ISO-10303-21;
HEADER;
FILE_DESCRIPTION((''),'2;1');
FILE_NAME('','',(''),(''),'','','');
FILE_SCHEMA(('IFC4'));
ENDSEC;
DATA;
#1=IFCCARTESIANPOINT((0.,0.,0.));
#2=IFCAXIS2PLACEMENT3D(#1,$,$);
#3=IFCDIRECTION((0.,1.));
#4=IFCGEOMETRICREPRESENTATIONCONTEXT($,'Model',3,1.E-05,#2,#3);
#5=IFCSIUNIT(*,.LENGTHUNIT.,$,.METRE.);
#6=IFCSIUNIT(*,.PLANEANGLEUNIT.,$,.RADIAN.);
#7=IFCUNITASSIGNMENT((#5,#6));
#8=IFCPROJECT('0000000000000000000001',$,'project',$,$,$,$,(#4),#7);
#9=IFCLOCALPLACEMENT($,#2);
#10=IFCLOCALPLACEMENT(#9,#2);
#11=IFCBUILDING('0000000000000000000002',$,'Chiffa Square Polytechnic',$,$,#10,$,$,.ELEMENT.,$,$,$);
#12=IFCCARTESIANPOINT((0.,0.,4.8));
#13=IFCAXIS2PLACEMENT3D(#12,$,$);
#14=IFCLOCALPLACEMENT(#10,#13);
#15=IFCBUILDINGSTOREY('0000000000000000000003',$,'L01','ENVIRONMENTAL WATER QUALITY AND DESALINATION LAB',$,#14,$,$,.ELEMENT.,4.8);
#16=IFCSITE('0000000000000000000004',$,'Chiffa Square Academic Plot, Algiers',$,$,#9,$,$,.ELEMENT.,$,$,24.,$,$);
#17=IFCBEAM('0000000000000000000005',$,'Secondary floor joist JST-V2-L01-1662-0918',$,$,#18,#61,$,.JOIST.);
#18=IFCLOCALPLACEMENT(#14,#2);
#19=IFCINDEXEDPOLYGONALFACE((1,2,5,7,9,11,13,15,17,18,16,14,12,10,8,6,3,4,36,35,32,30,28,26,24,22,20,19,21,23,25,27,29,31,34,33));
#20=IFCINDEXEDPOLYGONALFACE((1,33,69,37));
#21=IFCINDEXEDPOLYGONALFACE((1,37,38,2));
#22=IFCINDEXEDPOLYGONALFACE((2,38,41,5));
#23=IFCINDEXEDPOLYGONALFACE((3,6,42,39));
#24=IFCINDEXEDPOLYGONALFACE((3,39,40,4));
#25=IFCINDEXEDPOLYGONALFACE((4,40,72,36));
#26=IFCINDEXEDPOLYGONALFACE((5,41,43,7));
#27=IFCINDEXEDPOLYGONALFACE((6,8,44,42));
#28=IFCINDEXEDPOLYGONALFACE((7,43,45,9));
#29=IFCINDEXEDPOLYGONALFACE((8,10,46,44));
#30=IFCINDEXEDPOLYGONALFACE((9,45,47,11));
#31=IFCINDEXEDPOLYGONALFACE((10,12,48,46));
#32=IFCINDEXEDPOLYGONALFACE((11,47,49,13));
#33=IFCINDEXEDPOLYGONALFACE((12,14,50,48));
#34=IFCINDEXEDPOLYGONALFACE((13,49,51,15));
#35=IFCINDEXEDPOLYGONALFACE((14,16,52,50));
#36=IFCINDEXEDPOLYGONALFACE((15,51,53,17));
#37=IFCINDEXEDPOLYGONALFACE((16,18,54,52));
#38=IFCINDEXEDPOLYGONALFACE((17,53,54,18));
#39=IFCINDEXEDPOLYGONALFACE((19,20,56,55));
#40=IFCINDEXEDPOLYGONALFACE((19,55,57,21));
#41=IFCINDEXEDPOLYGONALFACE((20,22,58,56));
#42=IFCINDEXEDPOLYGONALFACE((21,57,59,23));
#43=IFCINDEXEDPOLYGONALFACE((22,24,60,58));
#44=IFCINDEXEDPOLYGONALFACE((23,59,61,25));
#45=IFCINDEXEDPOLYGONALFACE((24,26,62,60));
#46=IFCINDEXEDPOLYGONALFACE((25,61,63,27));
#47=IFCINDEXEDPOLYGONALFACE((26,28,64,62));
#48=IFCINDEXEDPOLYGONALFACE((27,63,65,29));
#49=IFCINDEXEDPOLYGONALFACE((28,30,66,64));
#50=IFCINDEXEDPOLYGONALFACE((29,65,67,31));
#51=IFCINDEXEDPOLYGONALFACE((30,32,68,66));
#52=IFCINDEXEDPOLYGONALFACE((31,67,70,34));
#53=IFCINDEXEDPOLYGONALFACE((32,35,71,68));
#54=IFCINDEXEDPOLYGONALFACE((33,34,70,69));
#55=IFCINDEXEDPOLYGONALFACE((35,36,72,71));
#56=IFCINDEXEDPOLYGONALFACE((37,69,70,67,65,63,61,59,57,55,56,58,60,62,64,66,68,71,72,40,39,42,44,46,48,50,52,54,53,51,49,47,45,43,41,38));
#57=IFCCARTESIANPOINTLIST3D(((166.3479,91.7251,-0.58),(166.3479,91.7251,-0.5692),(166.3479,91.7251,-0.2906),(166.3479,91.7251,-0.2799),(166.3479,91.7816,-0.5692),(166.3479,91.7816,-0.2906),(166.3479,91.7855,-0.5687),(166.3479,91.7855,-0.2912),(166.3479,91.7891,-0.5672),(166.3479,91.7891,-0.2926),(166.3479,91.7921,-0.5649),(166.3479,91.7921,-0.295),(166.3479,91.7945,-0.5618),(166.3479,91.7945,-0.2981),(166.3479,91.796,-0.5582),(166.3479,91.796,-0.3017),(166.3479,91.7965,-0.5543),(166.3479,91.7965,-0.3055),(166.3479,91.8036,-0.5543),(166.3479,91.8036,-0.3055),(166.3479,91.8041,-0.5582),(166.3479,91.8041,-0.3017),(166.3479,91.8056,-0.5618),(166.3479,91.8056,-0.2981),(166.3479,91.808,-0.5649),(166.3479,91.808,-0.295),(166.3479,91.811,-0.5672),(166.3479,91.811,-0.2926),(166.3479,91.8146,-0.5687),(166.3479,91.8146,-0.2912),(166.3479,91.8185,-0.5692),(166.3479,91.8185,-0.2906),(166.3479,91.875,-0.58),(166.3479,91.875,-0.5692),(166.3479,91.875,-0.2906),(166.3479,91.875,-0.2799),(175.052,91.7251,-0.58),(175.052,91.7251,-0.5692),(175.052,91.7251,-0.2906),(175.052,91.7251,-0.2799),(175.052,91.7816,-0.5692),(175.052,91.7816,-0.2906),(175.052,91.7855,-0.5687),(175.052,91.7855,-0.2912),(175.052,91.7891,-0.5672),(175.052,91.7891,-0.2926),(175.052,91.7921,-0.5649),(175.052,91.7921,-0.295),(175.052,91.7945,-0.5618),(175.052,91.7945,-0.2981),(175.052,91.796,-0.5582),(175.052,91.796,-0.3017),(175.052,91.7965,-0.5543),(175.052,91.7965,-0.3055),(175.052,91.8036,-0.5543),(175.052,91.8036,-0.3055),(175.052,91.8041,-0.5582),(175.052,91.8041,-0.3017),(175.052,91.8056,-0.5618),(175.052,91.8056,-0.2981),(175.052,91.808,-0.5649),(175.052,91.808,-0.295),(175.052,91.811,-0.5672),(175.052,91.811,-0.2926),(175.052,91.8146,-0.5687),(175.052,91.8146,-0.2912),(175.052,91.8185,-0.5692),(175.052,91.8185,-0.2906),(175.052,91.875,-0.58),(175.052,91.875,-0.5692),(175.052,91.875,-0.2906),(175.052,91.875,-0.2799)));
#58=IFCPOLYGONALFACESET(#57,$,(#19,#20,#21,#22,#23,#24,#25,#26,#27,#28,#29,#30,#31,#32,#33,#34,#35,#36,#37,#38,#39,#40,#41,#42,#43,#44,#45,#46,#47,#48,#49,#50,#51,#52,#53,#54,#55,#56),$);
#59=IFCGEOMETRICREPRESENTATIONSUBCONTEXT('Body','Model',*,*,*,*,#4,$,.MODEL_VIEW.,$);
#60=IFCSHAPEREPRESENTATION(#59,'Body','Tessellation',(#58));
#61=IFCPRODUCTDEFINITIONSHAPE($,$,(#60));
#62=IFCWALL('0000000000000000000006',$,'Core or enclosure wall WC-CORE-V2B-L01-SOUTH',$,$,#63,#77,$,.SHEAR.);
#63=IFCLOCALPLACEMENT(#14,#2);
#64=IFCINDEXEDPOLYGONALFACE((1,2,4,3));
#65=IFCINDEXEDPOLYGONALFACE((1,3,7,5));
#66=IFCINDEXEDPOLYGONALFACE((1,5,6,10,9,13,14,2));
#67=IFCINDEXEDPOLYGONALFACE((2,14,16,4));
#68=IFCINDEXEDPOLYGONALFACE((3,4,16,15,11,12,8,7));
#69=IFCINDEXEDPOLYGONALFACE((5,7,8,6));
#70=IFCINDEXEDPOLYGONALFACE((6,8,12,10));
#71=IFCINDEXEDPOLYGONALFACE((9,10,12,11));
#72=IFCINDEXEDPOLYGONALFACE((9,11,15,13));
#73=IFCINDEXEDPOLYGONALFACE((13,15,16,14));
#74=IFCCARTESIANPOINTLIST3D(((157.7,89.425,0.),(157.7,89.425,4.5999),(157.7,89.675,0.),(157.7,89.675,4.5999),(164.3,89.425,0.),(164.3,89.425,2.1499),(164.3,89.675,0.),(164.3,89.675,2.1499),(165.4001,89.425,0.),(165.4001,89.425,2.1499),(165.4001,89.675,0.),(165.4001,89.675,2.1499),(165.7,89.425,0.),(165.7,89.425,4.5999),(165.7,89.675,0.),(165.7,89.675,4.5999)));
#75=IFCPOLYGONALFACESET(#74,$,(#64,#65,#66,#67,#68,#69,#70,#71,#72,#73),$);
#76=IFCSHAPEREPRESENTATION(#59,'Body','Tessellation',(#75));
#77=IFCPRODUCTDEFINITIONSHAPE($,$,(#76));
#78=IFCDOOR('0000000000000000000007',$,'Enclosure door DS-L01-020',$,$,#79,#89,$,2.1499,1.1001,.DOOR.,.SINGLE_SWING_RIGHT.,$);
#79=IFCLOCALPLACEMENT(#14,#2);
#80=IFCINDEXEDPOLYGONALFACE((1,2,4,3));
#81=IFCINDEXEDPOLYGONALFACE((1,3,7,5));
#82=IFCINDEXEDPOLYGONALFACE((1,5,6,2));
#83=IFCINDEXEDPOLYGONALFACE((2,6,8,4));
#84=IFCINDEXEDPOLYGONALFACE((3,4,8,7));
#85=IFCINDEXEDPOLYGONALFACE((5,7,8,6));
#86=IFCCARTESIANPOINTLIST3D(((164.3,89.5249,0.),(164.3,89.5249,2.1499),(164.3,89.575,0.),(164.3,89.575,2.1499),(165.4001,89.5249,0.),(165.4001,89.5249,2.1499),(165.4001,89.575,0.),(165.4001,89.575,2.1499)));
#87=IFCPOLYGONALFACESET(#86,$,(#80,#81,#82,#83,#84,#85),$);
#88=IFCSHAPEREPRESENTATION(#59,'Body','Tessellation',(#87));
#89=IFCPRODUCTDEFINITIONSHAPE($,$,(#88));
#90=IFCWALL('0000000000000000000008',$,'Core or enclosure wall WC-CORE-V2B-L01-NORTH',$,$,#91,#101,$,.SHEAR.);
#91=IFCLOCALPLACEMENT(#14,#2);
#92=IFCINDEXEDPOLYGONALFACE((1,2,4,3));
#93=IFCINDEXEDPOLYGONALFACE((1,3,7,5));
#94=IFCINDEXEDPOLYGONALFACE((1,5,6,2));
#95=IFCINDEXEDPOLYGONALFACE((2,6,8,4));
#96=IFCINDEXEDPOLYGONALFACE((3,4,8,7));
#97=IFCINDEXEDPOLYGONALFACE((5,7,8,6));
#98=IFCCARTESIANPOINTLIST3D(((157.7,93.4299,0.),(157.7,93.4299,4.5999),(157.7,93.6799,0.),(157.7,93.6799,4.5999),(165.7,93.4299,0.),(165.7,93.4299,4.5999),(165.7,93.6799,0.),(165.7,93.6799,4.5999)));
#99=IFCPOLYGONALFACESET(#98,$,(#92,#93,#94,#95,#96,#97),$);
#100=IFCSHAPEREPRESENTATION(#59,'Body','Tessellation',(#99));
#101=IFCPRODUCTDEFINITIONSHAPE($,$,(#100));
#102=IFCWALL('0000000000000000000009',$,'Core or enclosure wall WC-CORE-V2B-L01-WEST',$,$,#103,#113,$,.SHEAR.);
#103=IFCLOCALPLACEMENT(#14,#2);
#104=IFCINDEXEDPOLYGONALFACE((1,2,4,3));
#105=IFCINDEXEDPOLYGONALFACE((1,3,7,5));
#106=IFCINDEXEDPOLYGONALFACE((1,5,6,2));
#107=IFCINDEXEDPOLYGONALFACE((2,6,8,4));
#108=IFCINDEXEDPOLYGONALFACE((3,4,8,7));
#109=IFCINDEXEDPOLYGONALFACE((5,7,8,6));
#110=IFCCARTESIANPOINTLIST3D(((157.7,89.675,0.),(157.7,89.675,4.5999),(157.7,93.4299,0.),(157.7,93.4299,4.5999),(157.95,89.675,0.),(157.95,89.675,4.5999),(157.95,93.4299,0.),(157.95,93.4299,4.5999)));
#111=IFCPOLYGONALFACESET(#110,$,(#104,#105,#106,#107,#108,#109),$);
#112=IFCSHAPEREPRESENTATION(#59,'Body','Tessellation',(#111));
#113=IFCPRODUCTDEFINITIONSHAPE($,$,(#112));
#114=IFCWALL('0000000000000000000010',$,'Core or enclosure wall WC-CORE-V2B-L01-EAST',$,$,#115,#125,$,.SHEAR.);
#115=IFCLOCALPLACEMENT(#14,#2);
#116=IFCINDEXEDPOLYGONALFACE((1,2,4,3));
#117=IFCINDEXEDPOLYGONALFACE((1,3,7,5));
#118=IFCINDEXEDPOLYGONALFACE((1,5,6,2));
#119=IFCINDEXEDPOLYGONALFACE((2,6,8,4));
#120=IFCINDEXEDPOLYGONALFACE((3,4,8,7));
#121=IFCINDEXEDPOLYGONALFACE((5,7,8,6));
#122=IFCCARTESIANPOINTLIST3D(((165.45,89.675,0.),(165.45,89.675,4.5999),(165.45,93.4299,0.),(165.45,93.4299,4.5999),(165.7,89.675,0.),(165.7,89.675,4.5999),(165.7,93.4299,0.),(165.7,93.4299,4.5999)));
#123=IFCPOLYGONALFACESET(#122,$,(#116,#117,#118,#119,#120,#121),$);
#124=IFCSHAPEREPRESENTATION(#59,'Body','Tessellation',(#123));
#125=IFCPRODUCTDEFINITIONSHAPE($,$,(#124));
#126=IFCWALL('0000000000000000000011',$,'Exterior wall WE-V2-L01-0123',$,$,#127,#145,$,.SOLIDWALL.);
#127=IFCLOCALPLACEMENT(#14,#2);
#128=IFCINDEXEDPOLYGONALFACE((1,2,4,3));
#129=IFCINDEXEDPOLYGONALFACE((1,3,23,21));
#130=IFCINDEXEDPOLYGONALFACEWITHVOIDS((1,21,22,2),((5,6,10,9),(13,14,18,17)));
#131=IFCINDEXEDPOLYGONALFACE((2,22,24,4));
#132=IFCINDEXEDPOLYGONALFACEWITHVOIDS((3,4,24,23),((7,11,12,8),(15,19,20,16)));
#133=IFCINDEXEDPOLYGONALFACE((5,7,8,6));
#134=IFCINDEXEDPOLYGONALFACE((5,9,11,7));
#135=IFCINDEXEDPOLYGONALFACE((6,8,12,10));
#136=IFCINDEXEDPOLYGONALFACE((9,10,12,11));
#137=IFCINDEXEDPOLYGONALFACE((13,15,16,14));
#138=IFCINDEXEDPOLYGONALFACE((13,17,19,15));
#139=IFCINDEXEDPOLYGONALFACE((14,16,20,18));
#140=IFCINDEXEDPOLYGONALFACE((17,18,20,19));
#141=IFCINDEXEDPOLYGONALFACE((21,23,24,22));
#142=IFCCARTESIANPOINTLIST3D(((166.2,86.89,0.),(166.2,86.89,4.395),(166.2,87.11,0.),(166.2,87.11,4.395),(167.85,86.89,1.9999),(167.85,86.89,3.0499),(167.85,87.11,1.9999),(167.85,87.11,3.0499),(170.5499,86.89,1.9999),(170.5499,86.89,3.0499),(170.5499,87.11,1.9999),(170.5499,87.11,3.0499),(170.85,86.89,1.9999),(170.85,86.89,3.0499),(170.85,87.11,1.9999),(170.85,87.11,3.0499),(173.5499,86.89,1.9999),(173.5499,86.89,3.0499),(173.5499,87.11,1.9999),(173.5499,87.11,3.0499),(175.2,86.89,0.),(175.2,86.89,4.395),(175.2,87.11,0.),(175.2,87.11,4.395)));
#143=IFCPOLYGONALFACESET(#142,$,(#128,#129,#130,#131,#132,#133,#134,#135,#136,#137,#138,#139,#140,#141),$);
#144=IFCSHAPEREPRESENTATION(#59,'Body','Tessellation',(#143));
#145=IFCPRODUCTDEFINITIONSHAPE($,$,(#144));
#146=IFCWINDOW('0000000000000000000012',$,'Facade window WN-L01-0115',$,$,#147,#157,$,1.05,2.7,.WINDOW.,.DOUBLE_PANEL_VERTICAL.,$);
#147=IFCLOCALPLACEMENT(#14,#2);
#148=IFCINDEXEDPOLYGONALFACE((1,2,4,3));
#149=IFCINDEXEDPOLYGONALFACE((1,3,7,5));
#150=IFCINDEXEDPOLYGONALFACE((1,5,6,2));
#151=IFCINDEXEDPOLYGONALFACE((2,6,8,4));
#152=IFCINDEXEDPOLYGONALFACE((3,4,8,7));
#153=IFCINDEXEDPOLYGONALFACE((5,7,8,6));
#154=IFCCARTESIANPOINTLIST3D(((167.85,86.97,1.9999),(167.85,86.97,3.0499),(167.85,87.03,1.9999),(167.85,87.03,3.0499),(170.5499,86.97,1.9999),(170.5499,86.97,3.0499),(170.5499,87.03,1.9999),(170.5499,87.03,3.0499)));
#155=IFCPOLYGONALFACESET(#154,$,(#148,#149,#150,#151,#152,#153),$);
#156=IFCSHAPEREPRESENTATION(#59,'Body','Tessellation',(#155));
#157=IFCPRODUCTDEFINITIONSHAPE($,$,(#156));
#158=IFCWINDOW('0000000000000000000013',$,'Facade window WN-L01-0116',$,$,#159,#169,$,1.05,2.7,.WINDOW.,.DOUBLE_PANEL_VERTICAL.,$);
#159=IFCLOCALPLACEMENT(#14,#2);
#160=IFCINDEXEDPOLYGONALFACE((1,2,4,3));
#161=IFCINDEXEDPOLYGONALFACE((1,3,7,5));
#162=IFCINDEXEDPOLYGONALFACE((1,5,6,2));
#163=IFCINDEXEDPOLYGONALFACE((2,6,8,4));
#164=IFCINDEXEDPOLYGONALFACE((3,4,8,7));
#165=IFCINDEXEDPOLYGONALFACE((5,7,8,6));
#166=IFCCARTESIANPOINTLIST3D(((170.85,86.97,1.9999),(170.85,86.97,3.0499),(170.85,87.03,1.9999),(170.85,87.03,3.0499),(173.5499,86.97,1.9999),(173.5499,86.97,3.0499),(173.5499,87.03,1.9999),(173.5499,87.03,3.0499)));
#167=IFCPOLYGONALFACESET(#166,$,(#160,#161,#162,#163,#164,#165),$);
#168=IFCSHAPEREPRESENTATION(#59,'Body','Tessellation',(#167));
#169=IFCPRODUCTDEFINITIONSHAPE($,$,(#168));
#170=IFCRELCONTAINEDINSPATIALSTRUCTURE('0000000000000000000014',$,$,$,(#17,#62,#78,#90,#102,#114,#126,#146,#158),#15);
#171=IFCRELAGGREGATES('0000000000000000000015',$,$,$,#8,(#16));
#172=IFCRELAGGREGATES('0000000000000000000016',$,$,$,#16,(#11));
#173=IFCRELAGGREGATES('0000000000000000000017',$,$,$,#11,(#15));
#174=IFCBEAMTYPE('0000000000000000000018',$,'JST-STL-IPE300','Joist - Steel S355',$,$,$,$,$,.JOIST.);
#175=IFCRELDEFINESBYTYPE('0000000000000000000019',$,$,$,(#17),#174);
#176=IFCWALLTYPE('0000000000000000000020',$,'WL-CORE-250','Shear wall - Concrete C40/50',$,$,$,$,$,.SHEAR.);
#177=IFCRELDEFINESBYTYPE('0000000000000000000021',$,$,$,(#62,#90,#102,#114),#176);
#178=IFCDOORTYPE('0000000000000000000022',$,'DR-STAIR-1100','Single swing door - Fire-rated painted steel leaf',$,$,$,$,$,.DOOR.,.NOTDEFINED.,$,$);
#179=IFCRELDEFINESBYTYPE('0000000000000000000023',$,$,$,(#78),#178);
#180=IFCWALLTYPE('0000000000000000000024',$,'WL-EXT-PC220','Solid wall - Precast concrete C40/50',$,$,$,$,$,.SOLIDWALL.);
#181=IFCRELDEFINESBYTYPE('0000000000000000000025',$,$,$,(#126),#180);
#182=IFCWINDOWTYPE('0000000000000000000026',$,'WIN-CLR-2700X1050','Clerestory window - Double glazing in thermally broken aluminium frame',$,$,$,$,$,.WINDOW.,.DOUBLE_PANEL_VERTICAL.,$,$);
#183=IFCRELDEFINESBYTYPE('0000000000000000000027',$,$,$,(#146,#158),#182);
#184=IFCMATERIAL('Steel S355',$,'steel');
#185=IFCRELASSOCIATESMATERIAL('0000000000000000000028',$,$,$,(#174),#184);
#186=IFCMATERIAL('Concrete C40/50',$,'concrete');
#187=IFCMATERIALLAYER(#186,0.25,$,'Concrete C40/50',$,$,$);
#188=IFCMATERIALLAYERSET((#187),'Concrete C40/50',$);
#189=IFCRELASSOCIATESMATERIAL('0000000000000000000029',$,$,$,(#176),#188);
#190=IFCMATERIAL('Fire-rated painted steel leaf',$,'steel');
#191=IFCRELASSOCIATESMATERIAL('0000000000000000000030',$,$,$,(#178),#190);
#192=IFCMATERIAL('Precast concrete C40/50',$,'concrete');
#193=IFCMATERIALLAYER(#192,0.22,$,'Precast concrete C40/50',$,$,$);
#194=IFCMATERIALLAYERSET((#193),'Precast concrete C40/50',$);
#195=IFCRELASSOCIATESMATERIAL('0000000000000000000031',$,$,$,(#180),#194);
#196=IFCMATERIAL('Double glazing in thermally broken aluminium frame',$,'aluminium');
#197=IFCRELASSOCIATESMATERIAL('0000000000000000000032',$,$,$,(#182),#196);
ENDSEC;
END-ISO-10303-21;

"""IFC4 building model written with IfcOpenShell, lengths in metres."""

from ifc_helpers import new_model, si_unit, direction, frame, frame_2d, origin, origin_2d, place, context, subcontext, project, spatial, rectangle, i_section, extrude, material, layer, layer_set, material_profile, profile_set, type_object, element, fill, save


model = new_model("IFC4")

# Units and contexts
model_context = context("Model", 3, precision=1e-05, world=origin(), true_north=direction((0.0, 1.0)))
body_context = subcontext(model_context, "Body", "Model", "MODEL_VIEW")
ifc_project = project(units=[si_unit("LENGTHUNIT", "METRE"), si_unit("PLANEANGLEUNIT", "RADIAN")], contexts=[model_context])

# Site, building, storey
site_placement = place(None, origin())
site = spatial("IfcSite", under=ifc_project, at=site_placement, Name="Chiffa Square Academic Plot, Algiers", CompositionType="ELEMENT", RefElevation=24.0)
building_placement = place(site_placement, origin())
building = spatial("IfcBuilding", under=site, at=building_placement, Name="Chiffa Square Polytechnic", CompositionType="ELEMENT")
storey_placement = place(building_placement, frame((0.0, 0.0, 4.8)))
storey = spatial("IfcBuildingStorey", under=building, at=storey_placement, Name="L01", Description="ENVIRONMENTAL WATER QUALITY AND DESALINATION LAB", CompositionType="ELEMENT", Elevation=4.8)

# Shared definitions
ifc_material_1 = material(Name="Steel S355", Category="steel")

# Beam
ifc_material_profile_1 = material_profile(ifc_material_1, i_section(OverallWidth=0.1499, OverallDepth=0.3, WebThickness=0.0071, FlangeThickness=0.0107, FilletRadius=0.0149, at=origin_2d()), Name="IPE 300")
ifc_profile_set_1 = profile_set([ifc_material_profile_1], Name="Steel S355")
beam_type_1 = type_object("IfcBeamType", Name="JST-STL-IPE300", Description="Joist - Steel S355", PredefinedType="JOIST", material=ifc_profile_set_1)
for number, where, z_axis, x_axis, name in (
    (1, (166.3479, 91.8, -0.4299), (1.0, 0.0, 0.0), (0.0, 1.0, 0.0), "Secondary floor joist JST-V2-L01-1662-0918"),
):
    element("IfcBeam", number, at=place(storey_placement, frame(where, z_axis=z_axis, x_axis=x_axis)), inside=storey, type_object=beam_type_1, Name=name, PredefinedType="JOIST", context=body_context, shape_type="SweptSolid", body=[
        extrude(i_section(OverallWidth=0.1499, OverallDepth=0.3, WebThickness=0.0071, FlangeThickness=0.0107, FilletRadius=0.0149, at=origin_2d()), origin(), (0.0, 0.0, 1.0), 8.7041),
    ])

# Wall, opening, door
ifc_material_2 = material(Name="Concrete C40/50", Category="concrete")
ifc_layer_1 = layer(ifc_material_2, 0.25, Name="Concrete C40/50")
ifc_layer_set_1 = layer_set([ifc_layer_1], Name="Concrete C40/50")
wall_type_1 = type_object("IfcWallType", Name="WL-CORE-250", Description="Shear wall - Concrete C40/50", PredefinedType="SHEAR", material=ifc_layer_set_1)
wall_1_placement = place(storey_placement, frame((157.7, 89.55, 0.0), z_axis=(0.0, 0.0, 1.0), x_axis=(1.0, 0.0, 0.0)))
wall_1 = element("IfcWall", 2, at=wall_1_placement, inside=storey, type_object=wall_type_1, Name="Core or enclosure wall WC-CORE-V2B-L01-SOUTH", PredefinedType="SHEAR", context=body_context, shape_type="SweptSolid", body=[
    extrude(rectangle(XDim=8.0, YDim=0.25, at=frame_2d((4.0, 0.0))), origin(), (0.0, 0.0, 1.0), 4.5999),
])
opening_1_placement = place(wall_1_placement, frame((6.6001, 0.0, 0.0)))
opening_1 = element("IfcOpeningElement", 3, at=opening_1_placement, cuts=wall_1, PredefinedType="OPENING", context=body_context, shape_type="SweptSolid", body=[
    extrude(rectangle(XDim=1.1001, YDim=2.1499, at=frame_2d((0.55, 1.075))), frame((0.0, 0.135, 0.0), z_axis=(0.0, -1.0, 0.0), x_axis=(1.0, 0.0, 0.0)), (0.0, 0.0, 1.0), 0.27),
])
ifc_material_3 = material(Name="Fire-rated painted steel leaf", Category="steel")
door_type_1 = type_object("IfcDoorType", Name="DR-STAIR-1100", Description="Single swing door - Fire-rated painted steel leaf", OperationType="NOTDEFINED", PredefinedType="DOOR", material=ifc_material_3)
door_1_placement = place(opening_1_placement, origin())
door_1 = element("IfcDoor", 4, at=door_1_placement, inside=storey, type_object=door_type_1, Name="Enclosure door DS-L01-020", OperationType="SINGLE_SWING_RIGHT", OverallHeight=2.1499, OverallWidth=1.1001, PredefinedType="DOOR", context=body_context, shape_type="SweptSolid", body=[
    extrude(rectangle(XDim=1.1001, YDim=2.1499, at=frame_2d((0.55, 1.075))), frame((0.0, 0.0249, 0.0), z_axis=(0.0, -1.0, 0.0), x_axis=(1.0, 0.0, 0.0)), (0.0, 0.0, 1.0), 0.05),
])
fill(opening_1, door_1)

# Walls
wall_2_placement = place(storey_placement, frame((157.7, 93.5549, 0.0), z_axis=(0.0, 0.0, 1.0), x_axis=(1.0, 0.0, 0.0)))
element("IfcWall", 5, at=wall_2_placement, inside=storey, type_object=wall_type_1, Name="Core or enclosure wall WC-CORE-V2B-L01-NORTH", PredefinedType="SHEAR", context=body_context, shape_type="SweptSolid", body=[
    extrude(rectangle(XDim=8.0, YDim=0.25, at=frame_2d((4.0, 0.0))), origin(), (0.0, 0.0, 1.0), 4.5999),
])
for number, where, z_axis, x_axis, name in (
    (6, (157.825, 89.675, 0.0), (0.0, 0.0, 1.0), (0.0, 1.0, 0.0), "Core or enclosure wall WC-CORE-V2B-L01-WEST"),
    (7, (165.575, 89.675, 0.0), (0.0, 0.0, 1.0), (0.0, 1.0, 0.0), "Core or enclosure wall WC-CORE-V2B-L01-EAST"),
):
    element("IfcWall", number, at=place(storey_placement, frame(where, z_axis=z_axis, x_axis=x_axis)), inside=storey, type_object=wall_type_1, Name=name, PredefinedType="SHEAR", context=body_context, shape_type="SweptSolid", body=[
        extrude(rectangle(XDim=3.7549, YDim=0.25, at=frame_2d((1.8774, 0.0))), origin(), (0.0, 0.0, 1.0), 4.5999),
    ])

# Wall, openings, windows
ifc_material_4 = material(Name="Precast concrete C40/50", Category="concrete")
ifc_layer_2 = layer(ifc_material_4, 0.22, Name="Precast concrete C40/50")
ifc_layer_set_2 = layer_set([ifc_layer_2], Name="Precast concrete C40/50")
wall_type_2 = type_object("IfcWallType", Name="WL-EXT-PC220", Description="Solid wall - Precast concrete C40/50", PredefinedType="SOLIDWALL", material=ifc_layer_set_2)
wall_3_placement = place(storey_placement, frame((166.2, 87.0, 0.0), z_axis=(0.0, 0.0, 1.0), x_axis=(1.0, 0.0, 0.0)))
wall_3 = element("IfcWall", 8, at=wall_3_placement, inside=storey, type_object=wall_type_2, Name="Exterior wall WE-V2-L01-0123", PredefinedType="SOLIDWALL", context=body_context, shape_type="SweptSolid", body=[
    extrude(rectangle(XDim=9.0, YDim=0.22, at=frame_2d((4.5, 0.0))), origin(), (0.0, 0.0, 1.0), 4.395),
])
opening_2_placement = place(wall_3_placement, frame((1.6499, 0.0, 2.0)))
opening_2 = element("IfcOpeningElement", 9, at=opening_2_placement, cuts=wall_3, PredefinedType="OPENING", context=body_context, shape_type="SweptSolid", body=[
    extrude(rectangle(XDim=2.7, YDim=1.05, at=frame_2d((1.3501, 0.5249))), frame((0.0, 0.1201, 0.0), z_axis=(0.0, -1.0, 0.0), x_axis=(1.0, 0.0, 0.0)), (0.0, 0.0, 1.0), 0.24),
])
opening_3_placement = place(wall_3_placement, frame((4.6499, 0.0, 2.0)))
opening_3 = element("IfcOpeningElement", 10, at=opening_3_placement, cuts=wall_3, PredefinedType="OPENING", context=body_context, shape_type="SweptSolid", body=[
    extrude(rectangle(XDim=2.7, YDim=1.05, at=frame_2d((1.3501, 0.5249))), frame((0.0, 0.1201, 0.0), z_axis=(0.0, -1.0, 0.0), x_axis=(1.0, 0.0, 0.0)), (0.0, 0.0, 1.0), 0.24),
])
ifc_material_5 = material(Name="Double glazing in thermally broken aluminium frame", Category="aluminium")
window_type_1 = type_object("IfcWindowType", Name="WIN-CLR-2700X1050", Description="Clerestory window - Double glazing in thermally broken aluminium frame", PartitioningType="DOUBLE_PANEL_VERTICAL", PredefinedType="WINDOW", material=ifc_material_5)
window_1_placement = place(opening_2_placement, origin())
window_1 = element("IfcWindow", 11, at=window_1_placement, inside=storey, type_object=window_type_1, Name="Facade window WN-L01-0115", OverallHeight=1.05, OverallWidth=2.7, PartitioningType="DOUBLE_PANEL_VERTICAL", PredefinedType="WINDOW", context=body_context, shape_type="SweptSolid", body=[
    extrude(rectangle(XDim=2.7, YDim=1.05, at=frame_2d((1.3501, 0.5249))), frame((0.0, 0.03, 0.0), z_axis=(0.0, -1.0, 0.0), x_axis=(1.0, 0.0, 0.0)), (0.0, 0.0, 1.0), 0.0601),
])
fill(opening_2, window_1)
window_2_placement = place(opening_3_placement, origin())
window_2 = element("IfcWindow", 12, at=window_2_placement, inside=storey, type_object=window_type_1, Name="Facade window WN-L01-0116", OverallHeight=1.05, OverallWidth=2.7, PartitioningType="DOUBLE_PANEL_VERTICAL", PredefinedType="WINDOW", context=body_context, shape_type="SweptSolid", body=[
    extrude(rectangle(XDim=2.7, YDim=1.05, at=frame_2d((1.3501, 0.5249))), frame((0.0, 0.03, 0.0), z_axis=(0.0, -1.0, 0.0), x_axis=(1.0, 0.0, 0.0)), (0.0, 0.0, 1.0), 0.0601),
])
fill(opening_3, window_2)

save(model, "model.ifc")
